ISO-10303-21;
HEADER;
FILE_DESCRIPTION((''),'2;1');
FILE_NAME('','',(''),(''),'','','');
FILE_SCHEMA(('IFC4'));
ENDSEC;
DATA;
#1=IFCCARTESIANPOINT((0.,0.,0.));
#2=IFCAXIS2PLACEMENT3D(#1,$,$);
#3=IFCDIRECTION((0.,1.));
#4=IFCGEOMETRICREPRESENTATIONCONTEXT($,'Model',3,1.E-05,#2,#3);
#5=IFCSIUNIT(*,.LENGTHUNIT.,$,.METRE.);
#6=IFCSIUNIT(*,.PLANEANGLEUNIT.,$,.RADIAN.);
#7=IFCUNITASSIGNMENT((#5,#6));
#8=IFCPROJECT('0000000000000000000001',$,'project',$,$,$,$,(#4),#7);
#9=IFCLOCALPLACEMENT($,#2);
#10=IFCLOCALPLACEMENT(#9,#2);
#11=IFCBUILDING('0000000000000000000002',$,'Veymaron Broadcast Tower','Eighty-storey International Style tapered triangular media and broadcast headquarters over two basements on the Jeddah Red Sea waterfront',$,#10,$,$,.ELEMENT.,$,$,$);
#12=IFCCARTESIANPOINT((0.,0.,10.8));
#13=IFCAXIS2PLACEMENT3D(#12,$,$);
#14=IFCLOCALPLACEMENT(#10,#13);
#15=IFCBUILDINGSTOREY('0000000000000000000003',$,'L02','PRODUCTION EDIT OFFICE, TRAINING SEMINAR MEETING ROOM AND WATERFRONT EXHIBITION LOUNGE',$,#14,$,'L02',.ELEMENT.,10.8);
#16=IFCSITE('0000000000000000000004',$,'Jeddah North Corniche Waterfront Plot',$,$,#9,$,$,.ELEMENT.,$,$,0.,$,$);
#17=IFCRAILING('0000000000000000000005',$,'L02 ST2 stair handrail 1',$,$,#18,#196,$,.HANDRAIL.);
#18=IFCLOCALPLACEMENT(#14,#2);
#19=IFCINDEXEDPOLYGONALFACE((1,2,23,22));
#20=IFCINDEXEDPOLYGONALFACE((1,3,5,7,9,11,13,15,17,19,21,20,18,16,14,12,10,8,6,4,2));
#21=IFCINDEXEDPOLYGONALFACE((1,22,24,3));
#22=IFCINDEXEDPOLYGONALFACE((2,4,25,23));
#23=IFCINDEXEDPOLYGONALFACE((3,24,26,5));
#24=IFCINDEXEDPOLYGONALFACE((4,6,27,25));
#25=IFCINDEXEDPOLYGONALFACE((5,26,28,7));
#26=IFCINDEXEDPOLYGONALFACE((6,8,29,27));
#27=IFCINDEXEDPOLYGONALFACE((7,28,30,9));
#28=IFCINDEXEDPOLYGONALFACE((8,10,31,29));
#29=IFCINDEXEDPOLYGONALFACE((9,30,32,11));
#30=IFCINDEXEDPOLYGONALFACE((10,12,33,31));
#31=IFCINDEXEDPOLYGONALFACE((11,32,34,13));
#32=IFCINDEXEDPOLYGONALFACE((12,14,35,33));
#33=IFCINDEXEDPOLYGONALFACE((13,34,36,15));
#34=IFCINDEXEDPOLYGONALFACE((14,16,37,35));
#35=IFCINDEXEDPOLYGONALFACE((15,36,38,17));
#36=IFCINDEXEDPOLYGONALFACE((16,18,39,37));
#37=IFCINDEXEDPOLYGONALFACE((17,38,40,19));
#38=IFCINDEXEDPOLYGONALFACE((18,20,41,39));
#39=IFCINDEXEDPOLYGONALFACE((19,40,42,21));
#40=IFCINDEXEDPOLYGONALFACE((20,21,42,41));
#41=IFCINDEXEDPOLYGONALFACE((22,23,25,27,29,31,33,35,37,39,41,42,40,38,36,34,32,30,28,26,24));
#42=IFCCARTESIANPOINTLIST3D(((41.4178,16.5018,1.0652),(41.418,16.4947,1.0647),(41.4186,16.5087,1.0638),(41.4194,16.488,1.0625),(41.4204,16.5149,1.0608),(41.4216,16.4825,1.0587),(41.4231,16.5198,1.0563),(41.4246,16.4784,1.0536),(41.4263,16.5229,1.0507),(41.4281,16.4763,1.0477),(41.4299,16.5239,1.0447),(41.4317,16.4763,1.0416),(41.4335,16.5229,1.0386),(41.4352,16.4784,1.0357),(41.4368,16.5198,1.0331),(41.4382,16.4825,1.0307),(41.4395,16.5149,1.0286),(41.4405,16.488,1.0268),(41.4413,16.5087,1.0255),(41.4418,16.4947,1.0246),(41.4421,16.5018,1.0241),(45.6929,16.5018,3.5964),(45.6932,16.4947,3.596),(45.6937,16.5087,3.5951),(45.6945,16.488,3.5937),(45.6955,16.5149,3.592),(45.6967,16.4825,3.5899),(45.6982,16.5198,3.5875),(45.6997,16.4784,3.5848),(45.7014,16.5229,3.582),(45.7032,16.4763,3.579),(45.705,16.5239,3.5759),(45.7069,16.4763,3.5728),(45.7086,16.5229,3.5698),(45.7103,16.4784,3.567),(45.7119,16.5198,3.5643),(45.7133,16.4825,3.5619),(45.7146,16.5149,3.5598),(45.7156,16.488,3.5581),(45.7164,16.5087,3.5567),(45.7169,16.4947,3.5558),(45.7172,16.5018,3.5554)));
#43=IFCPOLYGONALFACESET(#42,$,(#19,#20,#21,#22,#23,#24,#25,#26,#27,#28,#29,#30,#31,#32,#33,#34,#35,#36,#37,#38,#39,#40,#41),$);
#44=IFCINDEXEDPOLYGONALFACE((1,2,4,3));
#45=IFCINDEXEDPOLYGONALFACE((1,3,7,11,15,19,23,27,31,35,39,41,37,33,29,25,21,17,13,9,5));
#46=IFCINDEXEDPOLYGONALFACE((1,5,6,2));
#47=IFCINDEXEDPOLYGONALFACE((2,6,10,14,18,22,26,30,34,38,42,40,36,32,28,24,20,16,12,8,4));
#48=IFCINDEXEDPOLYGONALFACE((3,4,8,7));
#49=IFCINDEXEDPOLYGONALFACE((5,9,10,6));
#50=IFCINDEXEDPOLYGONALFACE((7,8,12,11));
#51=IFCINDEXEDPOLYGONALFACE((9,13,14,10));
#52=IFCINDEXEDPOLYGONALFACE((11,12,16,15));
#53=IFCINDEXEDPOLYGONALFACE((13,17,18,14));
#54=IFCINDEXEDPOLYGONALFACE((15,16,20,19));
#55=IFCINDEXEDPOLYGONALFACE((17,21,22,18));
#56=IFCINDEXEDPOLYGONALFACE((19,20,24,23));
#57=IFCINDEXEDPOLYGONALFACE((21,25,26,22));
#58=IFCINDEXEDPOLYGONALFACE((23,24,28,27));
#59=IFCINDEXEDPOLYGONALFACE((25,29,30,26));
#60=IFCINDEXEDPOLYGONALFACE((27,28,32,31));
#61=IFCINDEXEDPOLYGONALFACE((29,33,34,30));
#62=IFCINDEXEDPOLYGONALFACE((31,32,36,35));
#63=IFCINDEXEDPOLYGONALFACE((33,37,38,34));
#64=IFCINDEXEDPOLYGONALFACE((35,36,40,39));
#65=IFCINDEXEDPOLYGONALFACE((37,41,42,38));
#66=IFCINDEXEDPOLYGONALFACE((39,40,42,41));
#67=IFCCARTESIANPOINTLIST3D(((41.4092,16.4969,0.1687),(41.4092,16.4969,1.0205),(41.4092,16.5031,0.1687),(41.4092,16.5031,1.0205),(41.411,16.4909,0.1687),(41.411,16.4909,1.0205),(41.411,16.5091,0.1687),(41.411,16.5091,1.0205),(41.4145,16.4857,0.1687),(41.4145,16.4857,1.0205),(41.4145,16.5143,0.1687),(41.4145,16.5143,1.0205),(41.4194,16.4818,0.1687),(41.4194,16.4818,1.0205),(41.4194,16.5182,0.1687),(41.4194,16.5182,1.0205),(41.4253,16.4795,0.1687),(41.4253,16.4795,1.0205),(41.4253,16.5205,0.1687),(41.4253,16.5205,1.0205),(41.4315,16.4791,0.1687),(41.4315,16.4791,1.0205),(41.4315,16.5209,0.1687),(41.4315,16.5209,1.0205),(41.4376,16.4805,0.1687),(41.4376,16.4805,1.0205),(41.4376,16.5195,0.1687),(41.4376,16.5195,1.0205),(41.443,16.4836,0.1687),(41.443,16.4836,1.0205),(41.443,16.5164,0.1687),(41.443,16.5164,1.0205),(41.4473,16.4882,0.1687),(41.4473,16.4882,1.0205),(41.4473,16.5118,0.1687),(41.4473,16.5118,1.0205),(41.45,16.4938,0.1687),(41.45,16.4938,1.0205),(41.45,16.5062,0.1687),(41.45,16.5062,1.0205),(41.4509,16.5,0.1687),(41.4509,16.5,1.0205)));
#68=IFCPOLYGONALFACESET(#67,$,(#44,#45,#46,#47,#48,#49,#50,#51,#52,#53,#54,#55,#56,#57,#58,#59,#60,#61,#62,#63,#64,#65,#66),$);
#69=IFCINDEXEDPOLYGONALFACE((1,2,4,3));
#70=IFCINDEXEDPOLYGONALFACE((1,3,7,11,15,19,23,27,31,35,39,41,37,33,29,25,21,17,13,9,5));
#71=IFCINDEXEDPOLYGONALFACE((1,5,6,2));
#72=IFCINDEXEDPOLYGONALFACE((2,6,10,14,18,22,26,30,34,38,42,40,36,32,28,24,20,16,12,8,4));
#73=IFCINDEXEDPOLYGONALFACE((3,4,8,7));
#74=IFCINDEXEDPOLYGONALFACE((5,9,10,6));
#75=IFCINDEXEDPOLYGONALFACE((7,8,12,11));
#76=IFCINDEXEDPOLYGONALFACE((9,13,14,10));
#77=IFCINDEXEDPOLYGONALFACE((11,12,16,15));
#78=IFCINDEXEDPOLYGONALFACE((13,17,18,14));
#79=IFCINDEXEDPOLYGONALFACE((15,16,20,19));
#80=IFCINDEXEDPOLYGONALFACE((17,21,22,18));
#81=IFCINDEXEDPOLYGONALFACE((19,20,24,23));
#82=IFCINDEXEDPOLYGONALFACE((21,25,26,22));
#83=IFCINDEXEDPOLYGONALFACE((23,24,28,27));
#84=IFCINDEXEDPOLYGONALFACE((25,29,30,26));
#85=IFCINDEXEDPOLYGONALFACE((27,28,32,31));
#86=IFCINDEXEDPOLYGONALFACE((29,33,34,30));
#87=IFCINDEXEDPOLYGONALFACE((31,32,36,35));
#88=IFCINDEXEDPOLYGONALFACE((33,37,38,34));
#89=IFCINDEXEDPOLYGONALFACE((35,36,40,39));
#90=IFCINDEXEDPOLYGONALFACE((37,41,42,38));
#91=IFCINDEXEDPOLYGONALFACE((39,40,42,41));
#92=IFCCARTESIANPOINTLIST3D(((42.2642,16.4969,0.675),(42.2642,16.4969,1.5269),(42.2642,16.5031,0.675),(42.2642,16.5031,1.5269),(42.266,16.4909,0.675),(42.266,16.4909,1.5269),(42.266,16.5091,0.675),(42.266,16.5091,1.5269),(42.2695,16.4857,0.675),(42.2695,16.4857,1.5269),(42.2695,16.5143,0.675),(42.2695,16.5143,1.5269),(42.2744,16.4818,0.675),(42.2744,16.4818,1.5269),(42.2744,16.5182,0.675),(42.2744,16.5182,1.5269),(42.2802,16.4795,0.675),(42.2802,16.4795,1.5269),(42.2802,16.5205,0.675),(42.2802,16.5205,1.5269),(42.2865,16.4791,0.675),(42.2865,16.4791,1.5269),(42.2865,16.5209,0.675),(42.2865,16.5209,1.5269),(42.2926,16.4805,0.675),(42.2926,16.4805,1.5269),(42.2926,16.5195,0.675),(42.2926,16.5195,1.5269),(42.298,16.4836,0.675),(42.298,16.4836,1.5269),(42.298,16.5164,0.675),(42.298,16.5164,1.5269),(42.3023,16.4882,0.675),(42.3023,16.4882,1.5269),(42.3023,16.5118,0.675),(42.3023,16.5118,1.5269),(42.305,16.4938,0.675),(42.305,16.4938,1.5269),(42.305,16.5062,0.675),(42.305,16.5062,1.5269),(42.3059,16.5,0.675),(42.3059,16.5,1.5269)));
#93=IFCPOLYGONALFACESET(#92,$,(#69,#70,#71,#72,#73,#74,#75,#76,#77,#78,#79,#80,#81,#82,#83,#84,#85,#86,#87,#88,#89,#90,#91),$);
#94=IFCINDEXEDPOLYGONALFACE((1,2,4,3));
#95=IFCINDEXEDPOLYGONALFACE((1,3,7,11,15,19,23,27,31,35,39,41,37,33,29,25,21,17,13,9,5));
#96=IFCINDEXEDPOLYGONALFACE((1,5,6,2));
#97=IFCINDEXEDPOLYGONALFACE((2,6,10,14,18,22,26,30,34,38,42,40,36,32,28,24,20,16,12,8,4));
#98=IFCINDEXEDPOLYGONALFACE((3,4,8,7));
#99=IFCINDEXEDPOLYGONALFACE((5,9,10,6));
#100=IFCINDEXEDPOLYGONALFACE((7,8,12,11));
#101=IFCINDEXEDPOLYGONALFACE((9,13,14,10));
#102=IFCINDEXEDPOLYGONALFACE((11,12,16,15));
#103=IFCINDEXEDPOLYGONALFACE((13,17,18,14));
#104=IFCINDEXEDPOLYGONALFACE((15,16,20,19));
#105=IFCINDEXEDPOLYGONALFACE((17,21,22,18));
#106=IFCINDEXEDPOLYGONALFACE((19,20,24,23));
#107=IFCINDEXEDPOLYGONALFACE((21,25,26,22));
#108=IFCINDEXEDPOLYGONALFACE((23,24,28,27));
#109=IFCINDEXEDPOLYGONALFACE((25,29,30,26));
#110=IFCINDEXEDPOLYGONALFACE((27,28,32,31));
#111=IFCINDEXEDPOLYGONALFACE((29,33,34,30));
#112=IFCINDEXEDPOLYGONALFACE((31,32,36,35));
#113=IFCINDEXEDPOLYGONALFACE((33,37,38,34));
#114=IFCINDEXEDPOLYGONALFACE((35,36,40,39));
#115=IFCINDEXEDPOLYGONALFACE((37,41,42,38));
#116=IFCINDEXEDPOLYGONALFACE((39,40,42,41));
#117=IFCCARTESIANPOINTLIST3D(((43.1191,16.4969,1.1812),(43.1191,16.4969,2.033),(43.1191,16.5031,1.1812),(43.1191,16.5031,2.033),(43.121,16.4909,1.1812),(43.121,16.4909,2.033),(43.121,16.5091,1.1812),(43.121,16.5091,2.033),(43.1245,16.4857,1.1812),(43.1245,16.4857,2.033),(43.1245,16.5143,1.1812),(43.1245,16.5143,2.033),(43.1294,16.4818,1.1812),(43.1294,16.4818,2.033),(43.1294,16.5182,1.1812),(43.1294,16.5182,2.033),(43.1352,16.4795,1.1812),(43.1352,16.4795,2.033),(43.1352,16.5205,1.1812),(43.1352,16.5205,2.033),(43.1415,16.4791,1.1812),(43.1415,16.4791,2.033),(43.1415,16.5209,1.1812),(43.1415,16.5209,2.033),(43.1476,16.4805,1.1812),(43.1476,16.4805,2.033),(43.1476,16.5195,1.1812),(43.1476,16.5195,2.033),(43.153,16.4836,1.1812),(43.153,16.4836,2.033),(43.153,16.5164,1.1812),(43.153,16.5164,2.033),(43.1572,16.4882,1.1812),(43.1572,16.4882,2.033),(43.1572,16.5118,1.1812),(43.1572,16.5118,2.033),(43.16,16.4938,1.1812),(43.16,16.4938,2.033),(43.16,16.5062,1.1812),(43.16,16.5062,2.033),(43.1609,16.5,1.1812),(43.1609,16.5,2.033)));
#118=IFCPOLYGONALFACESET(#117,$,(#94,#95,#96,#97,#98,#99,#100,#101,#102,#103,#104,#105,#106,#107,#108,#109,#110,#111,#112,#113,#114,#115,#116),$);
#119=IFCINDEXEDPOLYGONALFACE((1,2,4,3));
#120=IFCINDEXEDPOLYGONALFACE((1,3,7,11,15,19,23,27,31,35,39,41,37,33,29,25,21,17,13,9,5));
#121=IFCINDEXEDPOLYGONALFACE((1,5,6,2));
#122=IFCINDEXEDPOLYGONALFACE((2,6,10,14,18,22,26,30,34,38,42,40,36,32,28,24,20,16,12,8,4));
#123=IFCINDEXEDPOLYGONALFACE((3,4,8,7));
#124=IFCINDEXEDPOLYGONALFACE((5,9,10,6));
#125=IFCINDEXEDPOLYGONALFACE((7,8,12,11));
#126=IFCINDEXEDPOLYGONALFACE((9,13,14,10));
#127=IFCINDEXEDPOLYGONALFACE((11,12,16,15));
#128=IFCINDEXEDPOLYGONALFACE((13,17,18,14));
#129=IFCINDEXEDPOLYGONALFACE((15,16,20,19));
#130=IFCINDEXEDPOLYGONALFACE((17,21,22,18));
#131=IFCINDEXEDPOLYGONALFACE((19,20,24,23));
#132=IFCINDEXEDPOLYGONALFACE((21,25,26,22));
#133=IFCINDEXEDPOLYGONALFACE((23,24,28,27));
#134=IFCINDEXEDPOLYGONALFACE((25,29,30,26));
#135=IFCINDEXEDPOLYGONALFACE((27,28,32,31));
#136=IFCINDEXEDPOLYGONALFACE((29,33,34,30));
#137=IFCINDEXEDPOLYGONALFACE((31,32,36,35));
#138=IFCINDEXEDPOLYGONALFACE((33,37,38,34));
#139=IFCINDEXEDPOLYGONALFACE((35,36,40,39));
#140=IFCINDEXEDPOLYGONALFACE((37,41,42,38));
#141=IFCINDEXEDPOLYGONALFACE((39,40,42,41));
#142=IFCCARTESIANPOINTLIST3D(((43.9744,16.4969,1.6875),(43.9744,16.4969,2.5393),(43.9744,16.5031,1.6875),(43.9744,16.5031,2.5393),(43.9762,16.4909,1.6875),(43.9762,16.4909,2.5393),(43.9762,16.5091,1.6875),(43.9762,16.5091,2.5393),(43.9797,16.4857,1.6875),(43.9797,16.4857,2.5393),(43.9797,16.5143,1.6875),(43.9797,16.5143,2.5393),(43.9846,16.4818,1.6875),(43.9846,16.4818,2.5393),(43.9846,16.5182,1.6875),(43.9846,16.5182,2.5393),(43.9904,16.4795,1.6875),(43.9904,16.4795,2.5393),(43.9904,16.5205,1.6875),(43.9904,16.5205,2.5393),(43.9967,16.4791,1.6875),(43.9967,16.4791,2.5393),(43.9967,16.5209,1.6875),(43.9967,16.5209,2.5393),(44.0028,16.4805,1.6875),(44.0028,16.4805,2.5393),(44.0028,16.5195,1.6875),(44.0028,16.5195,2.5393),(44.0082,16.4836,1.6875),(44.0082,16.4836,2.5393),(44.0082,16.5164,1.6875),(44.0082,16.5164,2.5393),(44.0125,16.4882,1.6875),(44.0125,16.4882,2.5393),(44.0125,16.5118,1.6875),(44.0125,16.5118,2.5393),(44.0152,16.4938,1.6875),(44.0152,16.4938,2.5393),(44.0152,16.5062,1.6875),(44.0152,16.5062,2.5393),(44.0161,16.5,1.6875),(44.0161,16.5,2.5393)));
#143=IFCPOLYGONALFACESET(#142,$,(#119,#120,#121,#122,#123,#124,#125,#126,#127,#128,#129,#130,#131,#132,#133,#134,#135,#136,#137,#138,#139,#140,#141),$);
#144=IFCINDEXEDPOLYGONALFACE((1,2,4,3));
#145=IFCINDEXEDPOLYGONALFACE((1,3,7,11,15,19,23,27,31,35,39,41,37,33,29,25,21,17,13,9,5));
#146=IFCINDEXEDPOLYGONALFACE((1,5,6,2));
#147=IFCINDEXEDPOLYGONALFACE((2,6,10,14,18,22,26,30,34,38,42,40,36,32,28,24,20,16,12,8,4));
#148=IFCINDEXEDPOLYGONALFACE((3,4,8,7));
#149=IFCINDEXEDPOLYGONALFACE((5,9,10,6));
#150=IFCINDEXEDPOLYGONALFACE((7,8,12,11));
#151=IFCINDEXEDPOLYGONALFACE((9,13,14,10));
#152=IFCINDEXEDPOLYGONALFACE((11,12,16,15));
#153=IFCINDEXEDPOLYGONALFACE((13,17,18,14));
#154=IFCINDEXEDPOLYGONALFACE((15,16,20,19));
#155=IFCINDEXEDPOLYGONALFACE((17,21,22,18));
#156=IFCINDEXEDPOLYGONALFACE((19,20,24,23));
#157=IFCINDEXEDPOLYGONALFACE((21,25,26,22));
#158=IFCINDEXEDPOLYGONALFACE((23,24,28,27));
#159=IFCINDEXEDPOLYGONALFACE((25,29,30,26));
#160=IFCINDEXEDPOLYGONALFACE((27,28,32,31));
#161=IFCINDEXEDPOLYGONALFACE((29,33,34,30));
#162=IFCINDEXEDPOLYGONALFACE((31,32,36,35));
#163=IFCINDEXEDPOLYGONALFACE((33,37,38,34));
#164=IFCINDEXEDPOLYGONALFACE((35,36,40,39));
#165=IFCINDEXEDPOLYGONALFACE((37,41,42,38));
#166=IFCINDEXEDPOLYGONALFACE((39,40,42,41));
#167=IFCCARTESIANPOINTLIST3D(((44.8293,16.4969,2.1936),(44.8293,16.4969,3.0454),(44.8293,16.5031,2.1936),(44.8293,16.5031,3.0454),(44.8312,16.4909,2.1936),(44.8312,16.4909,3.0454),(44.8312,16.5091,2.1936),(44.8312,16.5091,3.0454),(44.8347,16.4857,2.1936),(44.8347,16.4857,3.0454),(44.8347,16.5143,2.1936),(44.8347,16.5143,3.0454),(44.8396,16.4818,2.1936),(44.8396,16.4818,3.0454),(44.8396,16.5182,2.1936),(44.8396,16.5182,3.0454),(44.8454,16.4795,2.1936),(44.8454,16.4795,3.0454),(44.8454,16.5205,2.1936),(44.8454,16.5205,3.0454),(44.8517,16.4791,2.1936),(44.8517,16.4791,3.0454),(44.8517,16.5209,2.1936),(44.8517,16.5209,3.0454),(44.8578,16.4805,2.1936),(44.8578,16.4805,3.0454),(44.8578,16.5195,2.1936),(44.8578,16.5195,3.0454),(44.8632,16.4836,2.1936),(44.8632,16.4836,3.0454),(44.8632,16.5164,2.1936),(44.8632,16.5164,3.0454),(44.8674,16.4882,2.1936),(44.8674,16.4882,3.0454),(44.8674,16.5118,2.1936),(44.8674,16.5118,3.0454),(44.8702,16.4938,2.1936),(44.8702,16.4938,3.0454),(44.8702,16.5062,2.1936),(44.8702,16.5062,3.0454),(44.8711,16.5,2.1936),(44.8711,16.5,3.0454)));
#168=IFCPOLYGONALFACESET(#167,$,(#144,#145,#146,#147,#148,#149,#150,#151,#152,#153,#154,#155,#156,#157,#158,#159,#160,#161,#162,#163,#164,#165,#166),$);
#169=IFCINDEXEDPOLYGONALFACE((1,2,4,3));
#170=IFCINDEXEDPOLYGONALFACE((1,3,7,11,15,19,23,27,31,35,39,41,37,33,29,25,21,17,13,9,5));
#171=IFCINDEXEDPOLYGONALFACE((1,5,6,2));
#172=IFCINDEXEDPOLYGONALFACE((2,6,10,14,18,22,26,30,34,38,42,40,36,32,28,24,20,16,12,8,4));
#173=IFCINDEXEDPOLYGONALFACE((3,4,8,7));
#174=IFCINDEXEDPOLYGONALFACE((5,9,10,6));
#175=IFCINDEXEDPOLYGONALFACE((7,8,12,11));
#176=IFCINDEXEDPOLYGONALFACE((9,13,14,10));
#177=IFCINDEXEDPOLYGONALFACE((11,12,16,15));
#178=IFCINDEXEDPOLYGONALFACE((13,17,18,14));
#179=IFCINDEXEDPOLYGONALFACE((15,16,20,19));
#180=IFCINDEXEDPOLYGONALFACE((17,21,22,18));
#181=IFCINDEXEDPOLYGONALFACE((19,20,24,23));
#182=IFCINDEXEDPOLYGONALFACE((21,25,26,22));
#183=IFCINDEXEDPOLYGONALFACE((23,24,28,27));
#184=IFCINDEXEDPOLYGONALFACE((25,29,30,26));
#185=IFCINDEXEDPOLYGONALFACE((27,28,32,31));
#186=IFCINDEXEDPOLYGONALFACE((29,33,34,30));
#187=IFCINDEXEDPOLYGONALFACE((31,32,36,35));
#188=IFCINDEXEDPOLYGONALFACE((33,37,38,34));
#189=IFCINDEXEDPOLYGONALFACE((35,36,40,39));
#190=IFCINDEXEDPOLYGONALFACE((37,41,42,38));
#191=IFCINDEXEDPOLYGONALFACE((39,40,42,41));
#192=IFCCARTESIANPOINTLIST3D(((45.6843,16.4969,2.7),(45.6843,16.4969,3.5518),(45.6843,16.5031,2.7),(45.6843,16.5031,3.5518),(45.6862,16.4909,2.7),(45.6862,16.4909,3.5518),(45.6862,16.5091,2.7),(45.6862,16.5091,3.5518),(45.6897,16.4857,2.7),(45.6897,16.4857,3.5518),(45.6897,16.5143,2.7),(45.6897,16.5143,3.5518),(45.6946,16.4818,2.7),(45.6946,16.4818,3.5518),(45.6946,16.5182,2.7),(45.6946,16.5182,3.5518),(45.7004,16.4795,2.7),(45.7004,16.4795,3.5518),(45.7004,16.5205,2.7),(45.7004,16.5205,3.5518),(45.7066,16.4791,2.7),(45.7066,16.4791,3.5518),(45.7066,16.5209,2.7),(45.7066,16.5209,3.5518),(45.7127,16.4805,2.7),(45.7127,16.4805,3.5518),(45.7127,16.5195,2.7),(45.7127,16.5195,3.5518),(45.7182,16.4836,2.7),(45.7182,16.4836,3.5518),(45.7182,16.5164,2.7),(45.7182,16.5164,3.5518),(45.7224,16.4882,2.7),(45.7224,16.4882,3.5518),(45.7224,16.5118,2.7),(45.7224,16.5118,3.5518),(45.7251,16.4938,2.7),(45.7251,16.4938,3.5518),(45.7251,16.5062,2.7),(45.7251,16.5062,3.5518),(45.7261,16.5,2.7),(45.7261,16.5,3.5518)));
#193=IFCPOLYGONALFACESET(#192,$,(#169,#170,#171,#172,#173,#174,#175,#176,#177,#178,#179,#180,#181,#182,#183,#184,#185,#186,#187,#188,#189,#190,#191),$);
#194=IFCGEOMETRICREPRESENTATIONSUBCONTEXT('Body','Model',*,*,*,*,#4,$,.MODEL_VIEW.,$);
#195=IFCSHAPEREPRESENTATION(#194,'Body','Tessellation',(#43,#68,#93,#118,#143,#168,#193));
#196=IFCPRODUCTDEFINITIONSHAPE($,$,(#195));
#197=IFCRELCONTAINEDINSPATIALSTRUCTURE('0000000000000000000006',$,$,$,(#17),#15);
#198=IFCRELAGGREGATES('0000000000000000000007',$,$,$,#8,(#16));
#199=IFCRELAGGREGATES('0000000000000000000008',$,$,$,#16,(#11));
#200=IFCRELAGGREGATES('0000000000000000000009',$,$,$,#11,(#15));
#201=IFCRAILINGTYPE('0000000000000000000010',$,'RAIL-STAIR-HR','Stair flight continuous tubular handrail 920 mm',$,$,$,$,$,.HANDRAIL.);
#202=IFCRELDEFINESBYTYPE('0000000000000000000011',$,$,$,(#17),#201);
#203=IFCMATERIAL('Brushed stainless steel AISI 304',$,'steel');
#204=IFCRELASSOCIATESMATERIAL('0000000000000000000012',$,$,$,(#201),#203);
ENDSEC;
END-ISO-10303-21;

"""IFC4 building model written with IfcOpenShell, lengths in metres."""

from ifc_helpers import new_model, si_unit, direction, frame, origin, origin_2d, place, context, subcontext, project, spatial, circle, extrude, material, type_object, element, save


model = new_model("IFC4")

# Units and contexts
model_context = context("Model", 3, precision=1e-05, world=origin(), true_north=direction((0.0, 1.0)))
body_context = subcontext(model_context, "Body", "Model", "MODEL_VIEW")
ifc_project = project(units=[si_unit("LENGTHUNIT", "METRE"), si_unit("PLANEANGLEUNIT", "RADIAN")], contexts=[model_context])

# Site, building, storey
site_placement = place(None, origin())
site = spatial("IfcSite", under=ifc_project, at=site_placement, Name="Jeddah North Corniche Waterfront Plot", CompositionType="ELEMENT", RefElevation=0.0)
building_placement = place(site_placement, origin())
building = spatial("IfcBuilding", under=site, at=building_placement, Name="Veymaron Broadcast Tower", Description="Eighty-storey International Style tapered triangular media and broadcast headquarters over two basements on the Jeddah Red Sea waterfront", CompositionType="ELEMENT")
storey_placement = place(building_placement, frame((0.0, 0.0, 10.8)))
storey = spatial("IfcBuildingStorey", under=building, at=storey_placement, Name="L02", Description="PRODUCTION EDIT OFFICE, TRAINING SEMINAR MEETING ROOM AND WATERFRONT EXHIBITION LOUNGE", LongName="L02", CompositionType="ELEMENT", Elevation=10.8)

# Shared definitions
ifc_material_1 = material(Name="Brushed stainless steel AISI 304", Category="steel")

# Railing
railing_type_1 = type_object("IfcRailingType", Name="RAIL-STAIR-HR", Description="Stair flight continuous tubular handrail 920 mm", PredefinedType="HANDRAIL", material=ifc_material_1)
railing_1_placement = place(storey_placement, frame((41.4299, 16.5, 0.1687)))
element("IfcRailing", 1, at=railing_1_placement, inside=storey, type_object=railing_type_1, Name="L02 ST2 stair handrail 1", PredefinedType="HANDRAIL", context=body_context, shape_type="SweptSolid", body=[
    extrude(circle(Radius=0.0239, at=origin_2d()), frame((0.0, 0.0, 0.876), z_axis=(0.860483, 0.0, 0.509479), x_axis=(0.0, 1.0, 0.0)), (0.0, 0.0, 1.0), 4.9683),
    extrude(circle(Radius=0.021, at=origin_2d()), origin(), (0.0, 0.0, 1.0), 0.8518),
    extrude(circle(Radius=0.021, at=origin_2d()), frame((0.855, 0.0, 0.5063)), (0.0, 0.0, 1.0), 0.8518),
    extrude(circle(Radius=0.021, at=origin_2d()), frame((1.71, 0.0, 1.0125)), (0.0, 0.0, 1.0), 0.8518),
    extrude(circle(Radius=0.021, at=origin_2d()), frame((2.5652, 0.0, 1.5188)), (0.0, 0.0, 1.0), 0.8518),
    extrude(circle(Radius=0.021, at=origin_2d()), frame((3.4202, 0.0, 2.0249)), (0.0, 0.0, 1.0), 0.8518),
    extrude(circle(Radius=0.021, at=origin_2d()), frame((4.2751, 0.0, 2.5312)), (0.0, 0.0, 1.0), 0.8518),
])

save(model, "model.ifc")
